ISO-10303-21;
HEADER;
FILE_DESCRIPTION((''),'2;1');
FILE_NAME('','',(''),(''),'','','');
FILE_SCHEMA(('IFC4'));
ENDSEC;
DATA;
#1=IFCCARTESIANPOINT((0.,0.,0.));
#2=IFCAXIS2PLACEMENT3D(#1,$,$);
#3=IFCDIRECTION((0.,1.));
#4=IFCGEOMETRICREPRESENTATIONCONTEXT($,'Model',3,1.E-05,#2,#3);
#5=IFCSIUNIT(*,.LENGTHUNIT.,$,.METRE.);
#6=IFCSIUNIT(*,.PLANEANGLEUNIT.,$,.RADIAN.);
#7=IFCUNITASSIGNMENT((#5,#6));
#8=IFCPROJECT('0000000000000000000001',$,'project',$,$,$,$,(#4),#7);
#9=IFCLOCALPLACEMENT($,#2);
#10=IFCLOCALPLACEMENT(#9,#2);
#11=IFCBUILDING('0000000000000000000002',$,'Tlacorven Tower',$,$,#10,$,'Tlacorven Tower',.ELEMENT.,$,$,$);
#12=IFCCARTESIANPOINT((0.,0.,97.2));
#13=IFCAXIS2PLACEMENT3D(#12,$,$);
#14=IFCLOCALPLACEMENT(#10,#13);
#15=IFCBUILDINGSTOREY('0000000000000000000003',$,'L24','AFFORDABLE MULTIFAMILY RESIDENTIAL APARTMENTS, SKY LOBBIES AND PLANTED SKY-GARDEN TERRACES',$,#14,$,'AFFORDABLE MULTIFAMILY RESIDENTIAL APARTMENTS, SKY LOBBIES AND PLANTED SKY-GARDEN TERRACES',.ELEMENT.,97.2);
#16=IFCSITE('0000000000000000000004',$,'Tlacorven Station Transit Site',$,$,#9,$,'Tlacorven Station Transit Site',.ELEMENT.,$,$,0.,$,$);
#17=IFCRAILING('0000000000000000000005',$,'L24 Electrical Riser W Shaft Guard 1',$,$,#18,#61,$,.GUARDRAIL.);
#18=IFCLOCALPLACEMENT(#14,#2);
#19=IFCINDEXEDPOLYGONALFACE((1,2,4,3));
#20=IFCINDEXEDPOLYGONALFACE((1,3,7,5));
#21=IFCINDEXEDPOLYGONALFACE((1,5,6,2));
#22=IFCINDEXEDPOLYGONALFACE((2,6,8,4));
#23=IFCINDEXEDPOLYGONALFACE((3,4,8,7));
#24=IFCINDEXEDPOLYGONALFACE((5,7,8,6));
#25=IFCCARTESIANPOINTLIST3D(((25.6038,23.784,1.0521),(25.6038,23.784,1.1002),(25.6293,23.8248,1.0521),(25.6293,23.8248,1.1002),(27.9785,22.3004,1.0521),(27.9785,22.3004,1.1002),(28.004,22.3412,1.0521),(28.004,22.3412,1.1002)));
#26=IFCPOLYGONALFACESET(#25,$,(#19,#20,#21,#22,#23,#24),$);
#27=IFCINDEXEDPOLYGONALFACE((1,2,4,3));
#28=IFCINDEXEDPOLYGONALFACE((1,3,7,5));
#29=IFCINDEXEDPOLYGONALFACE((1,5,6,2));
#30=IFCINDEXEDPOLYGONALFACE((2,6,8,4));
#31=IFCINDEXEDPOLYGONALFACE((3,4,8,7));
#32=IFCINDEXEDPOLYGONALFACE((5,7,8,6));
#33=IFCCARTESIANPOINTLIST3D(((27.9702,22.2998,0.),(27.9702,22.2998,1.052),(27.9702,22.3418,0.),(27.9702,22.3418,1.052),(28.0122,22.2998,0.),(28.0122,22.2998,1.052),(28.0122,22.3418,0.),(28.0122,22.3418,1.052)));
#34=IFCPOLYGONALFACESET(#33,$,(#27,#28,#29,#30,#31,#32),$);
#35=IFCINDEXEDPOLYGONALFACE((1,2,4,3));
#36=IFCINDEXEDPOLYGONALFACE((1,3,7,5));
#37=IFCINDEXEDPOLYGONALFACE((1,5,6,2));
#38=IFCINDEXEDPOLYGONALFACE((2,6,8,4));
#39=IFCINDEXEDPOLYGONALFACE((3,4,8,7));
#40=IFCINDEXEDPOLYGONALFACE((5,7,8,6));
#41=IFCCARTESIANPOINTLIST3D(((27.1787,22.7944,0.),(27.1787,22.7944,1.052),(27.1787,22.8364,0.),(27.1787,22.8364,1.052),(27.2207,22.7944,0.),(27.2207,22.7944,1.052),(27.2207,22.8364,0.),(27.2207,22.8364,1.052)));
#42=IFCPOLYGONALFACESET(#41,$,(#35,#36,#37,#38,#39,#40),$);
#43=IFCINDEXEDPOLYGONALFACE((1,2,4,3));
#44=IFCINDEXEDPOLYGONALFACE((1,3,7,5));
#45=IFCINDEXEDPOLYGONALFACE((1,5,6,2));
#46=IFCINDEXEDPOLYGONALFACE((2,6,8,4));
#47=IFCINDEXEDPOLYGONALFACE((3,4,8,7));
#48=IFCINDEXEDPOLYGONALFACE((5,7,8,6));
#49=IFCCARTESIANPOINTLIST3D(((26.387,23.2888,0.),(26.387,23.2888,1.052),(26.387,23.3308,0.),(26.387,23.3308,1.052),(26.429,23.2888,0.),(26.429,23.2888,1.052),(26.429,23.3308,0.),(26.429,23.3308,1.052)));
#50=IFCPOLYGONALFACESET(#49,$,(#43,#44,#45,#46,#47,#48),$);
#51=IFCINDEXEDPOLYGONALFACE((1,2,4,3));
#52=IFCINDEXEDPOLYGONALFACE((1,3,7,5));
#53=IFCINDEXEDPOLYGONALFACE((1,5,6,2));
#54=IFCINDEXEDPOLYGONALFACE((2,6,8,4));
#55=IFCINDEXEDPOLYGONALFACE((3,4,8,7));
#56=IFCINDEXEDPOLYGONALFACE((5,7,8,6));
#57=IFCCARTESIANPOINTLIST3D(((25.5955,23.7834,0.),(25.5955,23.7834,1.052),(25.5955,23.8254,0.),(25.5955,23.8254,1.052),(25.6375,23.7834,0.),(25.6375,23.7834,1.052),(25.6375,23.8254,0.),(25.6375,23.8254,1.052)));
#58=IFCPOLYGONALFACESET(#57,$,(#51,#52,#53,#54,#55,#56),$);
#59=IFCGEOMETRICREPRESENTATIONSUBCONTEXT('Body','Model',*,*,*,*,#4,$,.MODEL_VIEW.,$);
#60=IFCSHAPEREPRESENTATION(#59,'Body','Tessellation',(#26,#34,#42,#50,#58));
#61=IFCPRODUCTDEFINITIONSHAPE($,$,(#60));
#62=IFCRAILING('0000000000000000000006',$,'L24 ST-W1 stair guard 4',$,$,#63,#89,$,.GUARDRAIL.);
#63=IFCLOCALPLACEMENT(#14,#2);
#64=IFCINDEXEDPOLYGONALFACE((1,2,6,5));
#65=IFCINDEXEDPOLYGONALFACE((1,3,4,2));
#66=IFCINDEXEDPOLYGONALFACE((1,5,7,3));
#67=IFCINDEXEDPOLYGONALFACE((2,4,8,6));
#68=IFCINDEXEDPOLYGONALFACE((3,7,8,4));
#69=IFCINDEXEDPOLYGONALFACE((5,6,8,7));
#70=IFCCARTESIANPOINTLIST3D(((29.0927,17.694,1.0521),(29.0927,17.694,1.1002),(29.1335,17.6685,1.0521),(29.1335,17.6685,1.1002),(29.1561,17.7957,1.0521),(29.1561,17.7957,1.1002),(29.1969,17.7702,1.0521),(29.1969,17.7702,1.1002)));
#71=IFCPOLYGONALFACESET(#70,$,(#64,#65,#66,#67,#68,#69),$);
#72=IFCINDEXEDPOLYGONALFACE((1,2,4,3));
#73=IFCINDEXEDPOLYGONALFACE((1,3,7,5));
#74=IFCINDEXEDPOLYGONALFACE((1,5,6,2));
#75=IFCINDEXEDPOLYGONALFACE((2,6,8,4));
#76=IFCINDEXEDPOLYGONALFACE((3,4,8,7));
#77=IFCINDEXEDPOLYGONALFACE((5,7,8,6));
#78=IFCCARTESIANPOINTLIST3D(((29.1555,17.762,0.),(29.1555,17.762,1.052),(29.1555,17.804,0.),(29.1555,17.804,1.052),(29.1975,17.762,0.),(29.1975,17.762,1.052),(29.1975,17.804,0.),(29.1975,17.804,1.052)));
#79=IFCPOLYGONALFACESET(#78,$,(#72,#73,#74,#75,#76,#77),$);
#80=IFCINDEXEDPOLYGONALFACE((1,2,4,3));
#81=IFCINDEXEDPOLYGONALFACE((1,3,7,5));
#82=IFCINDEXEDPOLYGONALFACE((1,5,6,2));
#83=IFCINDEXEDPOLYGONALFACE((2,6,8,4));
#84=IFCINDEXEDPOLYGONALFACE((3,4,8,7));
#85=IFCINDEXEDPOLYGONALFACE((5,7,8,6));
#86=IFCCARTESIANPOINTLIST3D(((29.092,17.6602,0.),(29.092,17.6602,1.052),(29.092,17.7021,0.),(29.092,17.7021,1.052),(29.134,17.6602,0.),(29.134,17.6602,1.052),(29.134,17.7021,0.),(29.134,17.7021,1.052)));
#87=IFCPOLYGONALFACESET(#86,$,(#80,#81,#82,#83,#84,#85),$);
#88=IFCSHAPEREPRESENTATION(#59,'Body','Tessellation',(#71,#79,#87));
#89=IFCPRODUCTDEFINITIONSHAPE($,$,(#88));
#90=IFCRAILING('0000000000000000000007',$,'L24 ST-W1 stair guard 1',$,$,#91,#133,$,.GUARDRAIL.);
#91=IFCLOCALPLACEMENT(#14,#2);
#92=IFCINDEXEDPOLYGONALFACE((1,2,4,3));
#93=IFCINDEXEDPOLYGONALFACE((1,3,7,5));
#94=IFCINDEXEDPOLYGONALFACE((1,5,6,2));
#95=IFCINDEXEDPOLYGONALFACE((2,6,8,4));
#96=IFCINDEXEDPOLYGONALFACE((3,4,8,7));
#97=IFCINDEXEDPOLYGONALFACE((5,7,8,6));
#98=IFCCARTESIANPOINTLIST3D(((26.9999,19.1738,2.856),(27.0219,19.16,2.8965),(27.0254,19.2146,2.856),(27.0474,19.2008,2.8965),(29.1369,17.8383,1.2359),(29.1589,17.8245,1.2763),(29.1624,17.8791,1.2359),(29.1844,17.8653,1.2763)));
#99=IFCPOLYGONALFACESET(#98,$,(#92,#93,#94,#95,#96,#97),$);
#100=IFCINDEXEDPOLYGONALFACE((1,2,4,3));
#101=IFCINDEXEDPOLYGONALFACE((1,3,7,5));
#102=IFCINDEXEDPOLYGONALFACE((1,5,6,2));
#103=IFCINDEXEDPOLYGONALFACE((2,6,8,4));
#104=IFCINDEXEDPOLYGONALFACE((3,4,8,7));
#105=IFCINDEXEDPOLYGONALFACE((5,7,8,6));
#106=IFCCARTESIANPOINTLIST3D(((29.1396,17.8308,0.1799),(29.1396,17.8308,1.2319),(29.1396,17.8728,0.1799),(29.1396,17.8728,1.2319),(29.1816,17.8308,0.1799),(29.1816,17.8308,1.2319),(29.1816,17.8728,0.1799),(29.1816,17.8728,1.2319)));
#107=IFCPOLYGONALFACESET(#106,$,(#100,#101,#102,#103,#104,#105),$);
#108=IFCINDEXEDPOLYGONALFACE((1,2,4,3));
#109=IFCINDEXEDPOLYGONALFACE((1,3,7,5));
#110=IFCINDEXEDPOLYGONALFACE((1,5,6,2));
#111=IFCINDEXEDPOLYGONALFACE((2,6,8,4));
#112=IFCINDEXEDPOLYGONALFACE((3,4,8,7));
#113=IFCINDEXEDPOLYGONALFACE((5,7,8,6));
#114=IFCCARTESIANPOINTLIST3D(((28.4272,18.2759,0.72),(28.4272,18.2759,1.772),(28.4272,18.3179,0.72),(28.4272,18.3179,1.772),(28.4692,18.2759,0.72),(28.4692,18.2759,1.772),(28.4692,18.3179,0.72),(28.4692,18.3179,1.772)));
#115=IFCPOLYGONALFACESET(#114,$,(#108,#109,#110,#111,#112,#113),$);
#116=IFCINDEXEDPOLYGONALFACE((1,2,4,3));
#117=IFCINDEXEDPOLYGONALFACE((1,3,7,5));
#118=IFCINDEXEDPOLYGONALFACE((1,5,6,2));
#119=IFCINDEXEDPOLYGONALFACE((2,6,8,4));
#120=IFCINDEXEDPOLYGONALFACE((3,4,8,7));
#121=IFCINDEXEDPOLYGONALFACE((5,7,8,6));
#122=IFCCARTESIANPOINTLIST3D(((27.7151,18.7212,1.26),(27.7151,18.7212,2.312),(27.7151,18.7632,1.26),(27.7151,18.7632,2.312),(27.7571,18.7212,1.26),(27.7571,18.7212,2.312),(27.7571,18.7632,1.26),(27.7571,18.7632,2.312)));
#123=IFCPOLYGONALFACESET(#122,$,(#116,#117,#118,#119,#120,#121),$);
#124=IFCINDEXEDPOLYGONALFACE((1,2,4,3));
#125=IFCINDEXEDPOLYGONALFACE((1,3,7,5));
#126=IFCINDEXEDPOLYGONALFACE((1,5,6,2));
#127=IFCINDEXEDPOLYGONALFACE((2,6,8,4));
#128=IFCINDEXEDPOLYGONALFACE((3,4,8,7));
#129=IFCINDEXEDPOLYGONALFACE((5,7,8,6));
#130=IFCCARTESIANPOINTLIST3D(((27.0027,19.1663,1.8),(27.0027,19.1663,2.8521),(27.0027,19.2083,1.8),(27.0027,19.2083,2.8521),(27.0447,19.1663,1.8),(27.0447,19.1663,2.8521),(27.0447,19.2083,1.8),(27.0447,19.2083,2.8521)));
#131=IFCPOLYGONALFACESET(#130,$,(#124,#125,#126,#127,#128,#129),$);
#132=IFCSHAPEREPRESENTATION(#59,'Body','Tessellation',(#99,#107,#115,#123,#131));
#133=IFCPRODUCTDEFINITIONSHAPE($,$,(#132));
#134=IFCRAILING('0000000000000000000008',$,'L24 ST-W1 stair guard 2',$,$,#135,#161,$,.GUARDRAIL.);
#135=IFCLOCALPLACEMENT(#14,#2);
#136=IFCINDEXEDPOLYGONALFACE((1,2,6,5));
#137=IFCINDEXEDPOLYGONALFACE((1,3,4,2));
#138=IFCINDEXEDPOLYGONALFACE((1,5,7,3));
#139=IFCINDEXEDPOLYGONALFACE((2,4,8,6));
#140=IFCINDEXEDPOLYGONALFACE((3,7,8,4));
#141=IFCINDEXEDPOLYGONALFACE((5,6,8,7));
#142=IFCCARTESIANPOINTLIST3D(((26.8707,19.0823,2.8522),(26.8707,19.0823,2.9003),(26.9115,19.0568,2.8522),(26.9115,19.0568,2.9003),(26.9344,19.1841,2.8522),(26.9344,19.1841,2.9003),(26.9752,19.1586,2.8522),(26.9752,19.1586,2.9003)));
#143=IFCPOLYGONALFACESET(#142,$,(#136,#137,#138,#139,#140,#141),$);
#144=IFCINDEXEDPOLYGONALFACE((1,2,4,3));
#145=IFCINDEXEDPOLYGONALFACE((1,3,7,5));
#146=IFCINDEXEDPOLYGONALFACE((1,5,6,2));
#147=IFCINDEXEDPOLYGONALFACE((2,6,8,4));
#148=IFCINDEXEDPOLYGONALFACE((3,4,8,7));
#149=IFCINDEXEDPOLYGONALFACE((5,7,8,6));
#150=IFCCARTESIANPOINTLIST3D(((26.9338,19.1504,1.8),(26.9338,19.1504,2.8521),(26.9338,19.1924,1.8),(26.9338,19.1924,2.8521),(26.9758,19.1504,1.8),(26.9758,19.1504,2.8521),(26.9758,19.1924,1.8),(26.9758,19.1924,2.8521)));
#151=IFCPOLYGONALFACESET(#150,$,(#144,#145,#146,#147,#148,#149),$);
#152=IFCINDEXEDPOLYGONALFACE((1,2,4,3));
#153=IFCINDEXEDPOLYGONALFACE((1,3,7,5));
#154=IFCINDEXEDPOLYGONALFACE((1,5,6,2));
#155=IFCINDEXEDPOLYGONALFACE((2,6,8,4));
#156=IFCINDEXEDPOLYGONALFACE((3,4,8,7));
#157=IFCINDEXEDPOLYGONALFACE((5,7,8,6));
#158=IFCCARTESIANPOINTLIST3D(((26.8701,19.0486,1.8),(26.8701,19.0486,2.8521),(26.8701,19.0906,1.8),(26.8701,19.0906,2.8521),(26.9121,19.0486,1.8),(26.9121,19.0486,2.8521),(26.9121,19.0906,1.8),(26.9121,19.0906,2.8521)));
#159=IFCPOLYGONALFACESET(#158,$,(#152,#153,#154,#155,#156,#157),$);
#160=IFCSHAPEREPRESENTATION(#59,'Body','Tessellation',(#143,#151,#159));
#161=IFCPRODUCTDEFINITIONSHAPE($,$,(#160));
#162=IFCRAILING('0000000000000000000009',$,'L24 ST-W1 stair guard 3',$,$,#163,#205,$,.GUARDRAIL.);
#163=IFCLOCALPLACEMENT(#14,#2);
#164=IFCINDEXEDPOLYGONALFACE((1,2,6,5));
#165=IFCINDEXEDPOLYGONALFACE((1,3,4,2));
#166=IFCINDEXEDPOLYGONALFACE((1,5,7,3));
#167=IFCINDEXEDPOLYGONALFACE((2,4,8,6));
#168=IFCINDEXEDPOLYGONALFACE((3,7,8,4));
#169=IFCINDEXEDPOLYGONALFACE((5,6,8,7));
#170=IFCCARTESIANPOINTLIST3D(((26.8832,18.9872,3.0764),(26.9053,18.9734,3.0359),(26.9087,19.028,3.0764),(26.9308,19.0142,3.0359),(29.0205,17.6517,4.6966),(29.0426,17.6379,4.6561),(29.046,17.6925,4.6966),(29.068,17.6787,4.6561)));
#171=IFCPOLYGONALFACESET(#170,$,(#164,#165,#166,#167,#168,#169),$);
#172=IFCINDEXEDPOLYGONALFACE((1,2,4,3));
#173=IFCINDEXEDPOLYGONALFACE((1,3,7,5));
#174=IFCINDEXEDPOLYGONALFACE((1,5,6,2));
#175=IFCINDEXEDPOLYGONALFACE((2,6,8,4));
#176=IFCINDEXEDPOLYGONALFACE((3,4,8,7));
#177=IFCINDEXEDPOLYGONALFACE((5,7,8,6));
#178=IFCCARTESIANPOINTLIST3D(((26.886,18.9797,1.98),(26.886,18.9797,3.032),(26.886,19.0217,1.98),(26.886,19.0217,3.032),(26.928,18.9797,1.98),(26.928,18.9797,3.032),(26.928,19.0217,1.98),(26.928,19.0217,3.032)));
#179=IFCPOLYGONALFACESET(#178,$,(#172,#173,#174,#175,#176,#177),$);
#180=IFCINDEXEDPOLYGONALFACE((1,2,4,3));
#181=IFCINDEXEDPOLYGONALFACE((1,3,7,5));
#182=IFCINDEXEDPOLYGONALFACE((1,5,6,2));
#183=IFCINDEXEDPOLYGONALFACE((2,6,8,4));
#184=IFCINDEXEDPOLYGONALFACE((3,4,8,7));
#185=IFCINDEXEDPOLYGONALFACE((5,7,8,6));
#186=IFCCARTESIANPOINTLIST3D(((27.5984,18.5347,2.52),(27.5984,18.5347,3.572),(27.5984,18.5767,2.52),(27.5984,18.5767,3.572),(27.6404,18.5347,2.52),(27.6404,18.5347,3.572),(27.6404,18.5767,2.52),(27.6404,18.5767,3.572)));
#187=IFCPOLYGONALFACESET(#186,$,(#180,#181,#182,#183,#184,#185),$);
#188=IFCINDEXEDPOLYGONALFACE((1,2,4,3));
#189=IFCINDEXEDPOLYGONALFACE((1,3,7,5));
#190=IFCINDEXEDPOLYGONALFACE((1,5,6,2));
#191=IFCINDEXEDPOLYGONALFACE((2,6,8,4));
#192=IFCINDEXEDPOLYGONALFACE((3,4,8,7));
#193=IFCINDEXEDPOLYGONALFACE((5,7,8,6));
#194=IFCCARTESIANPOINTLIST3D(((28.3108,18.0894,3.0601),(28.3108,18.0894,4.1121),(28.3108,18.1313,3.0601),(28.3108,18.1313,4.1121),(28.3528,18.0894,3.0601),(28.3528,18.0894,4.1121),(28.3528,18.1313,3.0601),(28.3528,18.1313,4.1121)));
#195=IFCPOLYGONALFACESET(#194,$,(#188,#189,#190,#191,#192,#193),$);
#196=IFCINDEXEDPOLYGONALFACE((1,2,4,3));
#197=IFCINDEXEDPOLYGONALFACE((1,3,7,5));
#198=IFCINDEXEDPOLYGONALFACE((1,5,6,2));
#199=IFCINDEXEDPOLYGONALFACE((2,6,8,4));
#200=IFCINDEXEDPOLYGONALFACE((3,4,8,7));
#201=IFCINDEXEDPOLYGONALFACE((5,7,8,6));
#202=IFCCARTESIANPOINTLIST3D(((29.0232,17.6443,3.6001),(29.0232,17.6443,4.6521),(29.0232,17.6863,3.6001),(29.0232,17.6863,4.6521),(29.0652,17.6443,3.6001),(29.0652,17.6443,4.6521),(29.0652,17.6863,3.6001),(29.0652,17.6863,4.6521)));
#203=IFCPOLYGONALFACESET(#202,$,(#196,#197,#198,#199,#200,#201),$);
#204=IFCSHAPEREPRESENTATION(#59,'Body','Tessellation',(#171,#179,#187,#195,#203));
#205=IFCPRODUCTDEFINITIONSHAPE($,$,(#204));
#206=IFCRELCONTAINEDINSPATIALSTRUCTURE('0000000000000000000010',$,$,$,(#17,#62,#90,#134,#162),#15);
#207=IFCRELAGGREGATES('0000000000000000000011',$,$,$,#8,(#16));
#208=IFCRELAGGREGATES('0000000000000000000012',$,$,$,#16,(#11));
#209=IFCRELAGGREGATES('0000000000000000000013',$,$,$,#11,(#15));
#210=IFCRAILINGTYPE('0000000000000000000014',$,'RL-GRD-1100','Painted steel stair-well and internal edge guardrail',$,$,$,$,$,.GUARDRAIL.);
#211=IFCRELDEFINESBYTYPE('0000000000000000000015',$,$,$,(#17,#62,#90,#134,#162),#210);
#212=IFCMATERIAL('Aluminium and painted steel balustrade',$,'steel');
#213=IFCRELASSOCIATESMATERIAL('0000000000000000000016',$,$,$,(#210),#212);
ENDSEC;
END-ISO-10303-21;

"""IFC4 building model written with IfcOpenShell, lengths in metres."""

from ifc_helpers import new_model, si_unit, direction, frame, origin, origin_2d, place, context, subcontext, project, spatial, rectangle, extrude, source, transform, mapped, material, type_object, element, save


model = new_model("IFC4")

# Units and contexts
model_context = context("Model", 3, precision=1e-05, world=origin(), true_north=direction((0.0, 1.0)))
body_context = subcontext(model_context, "Body", "Model", "MODEL_VIEW")
ifc_project = project(units=[si_unit("LENGTHUNIT", "METRE"), si_unit("PLANEANGLEUNIT", "RADIAN")], contexts=[model_context])

# Site, building, storey
site_placement = place(None, origin())
site = spatial("IfcSite", under=ifc_project, at=site_placement, Name="Tlacorven Station Transit Site", LongName="Tlacorven Station Transit Site", CompositionType="ELEMENT", RefElevation=0.0)
building_placement = place(site_placement, origin())
building = spatial("IfcBuilding", under=site, at=building_placement, Name="Tlacorven Tower", LongName="Tlacorven Tower", CompositionType="ELEMENT")
storey_placement = place(building_placement, frame((0.0, 0.0, 97.2)))
storey = spatial("IfcBuildingStorey", under=building, at=storey_placement, Name="L24", Description="AFFORDABLE MULTIFAMILY RESIDENTIAL APARTMENTS, SKY LOBBIES AND PLANTED SKY-GARDEN TERRACES", LongName="AFFORDABLE MULTIFAMILY RESIDENTIAL APARTMENTS, SKY LOBBIES AND PLANTED SKY-GARDEN TERRACES", CompositionType="ELEMENT", Elevation=97.2)

# Railings
ifc_material_1 = material(Name="Aluminium and painted steel balustrade", Category="steel")
railing_type_1 = type_object("IfcRailingType", Name="RL-GRD-1100", Description="Painted steel stair-well and internal edge guardrail", PredefinedType="GUARDRAIL", material=ifc_material_1)
shared_shape_1 = source(origin(), body_context, "Body", "SweptSolid", [
    extrude(rectangle(XDim=0.0481, YDim=0.0481, at=origin_2d()), frame((0.0, 0.0, 1.0762), z_axis=(-0.848091, 0.52985, 0.0), x_axis=(-0.52985, -0.848091, 0.0)), (0.0, 0.0, 1.0), 2.8),
    extrude(rectangle(XDim=0.042, YDim=0.042, at=origin_2d()), origin(), (0.0, 0.0, 1.0), 1.052),
    extrude(rectangle(XDim=0.042, YDim=0.042, at=origin_2d()), frame((-0.7915, 0.4946, 0.0)), (0.0, 0.0, 1.0), 1.052),
    extrude(rectangle(XDim=0.042, YDim=0.042, at=origin_2d()), frame((-1.5833, 0.989, 0.0)), (0.0, 0.0, 1.0), 1.052),
    extrude(rectangle(XDim=0.042, YDim=0.042, at=origin_2d()), frame((-2.3748, 1.4836, 0.0)), (0.0, 0.0, 1.0), 1.052),
])
railing_1_placement = place(storey_placement, frame((27.9912, 22.3208, 0.0)))
element("IfcRailing", 1, at=railing_1_placement, inside=storey, type_object=railing_type_1, Name="L24 Electrical Riser W Shaft Guard 1", PredefinedType="GUARDRAIL", context=body_context, shape_type="MappedRepresentation", body=[
    mapped(shared_shape_1, transform((0.0, 0.0, 0.0), scale=1.0)),
])
shared_shape_2 = source(origin(), body_context, "Body", "SweptSolid", [
    extrude(rectangle(XDim=0.0481, YDim=0.0481, at=origin_2d()), frame((0.0, 0.0, 1.0762), z_axis=(-0.529084, -0.848569, 0.0), x_axis=(0.848569, -0.529084, 0.0)), (0.0, 0.0, 1.0), 0.1199),
    extrude(rectangle(XDim=0.042, YDim=0.042, at=origin_2d()), origin(), (0.0, 0.0, 1.0), 1.052),
    extrude(rectangle(XDim=0.042, YDim=0.042, at=origin_2d()), frame((-0.0635, -0.1018, 0.0)), (0.0, 0.0, 1.0), 1.052),
])
railing_2_placement = place(storey_placement, frame((29.1765, 17.783, 0.0)))
element("IfcRailing", 2, at=railing_2_placement, inside=storey, type_object=railing_type_1, Name="L24 ST-W1 stair guard 4", PredefinedType="GUARDRAIL", context=body_context, shape_type="MappedRepresentation", body=[
    mapped(shared_shape_2, transform((0.0, 0.0, 0.0), scale=1.0)),
])
shared_shape_3 = source(origin(), body_context, "Body", "SweptSolid", [
    extrude(rectangle(XDim=0.0481, YDim=0.0481, at=origin_2d()), frame((0.0, 0.0, 1.0762), z_axis=(-0.71332, 0.445774, 0.540796), x_axis=(-0.529955, -0.848026, 0.0)), (0.0, 0.0, 1.0), 2.9958),
    extrude(rectangle(XDim=0.042, YDim=0.042, at=origin_2d()), origin(), (0.0, 0.0, 1.0), 1.052),
    extrude(rectangle(XDim=0.042, YDim=0.042, at=origin_2d()), frame((-0.7124, 0.4451, 0.54)), (0.0, 0.0, 1.0), 1.052),
    extrude(rectangle(XDim=0.042, YDim=0.042, at=origin_2d()), frame((-1.4246, 0.8904, 1.0801)), (0.0, 0.0, 1.0), 1.052),
    extrude(rectangle(XDim=0.042, YDim=0.042, at=origin_2d()), frame((-2.137, 1.3354, 1.6201)), (0.0, 0.0, 1.0), 1.052),
])
railing_3_placement = place(storey_placement, frame((29.1606, 17.8518, 0.1799)))
element("IfcRailing", 3, at=railing_3_placement, inside=storey, type_object=railing_type_1, Name="L24 ST-W1 stair guard 1", PredefinedType="GUARDRAIL", context=body_context, shape_type="MappedRepresentation", body=[
    mapped(shared_shape_3, transform((0.0, 0.0, 0.0), scale=1.0)),
])
shared_shape_4 = source(origin(), body_context, "Body", "SweptSolid", [
    extrude(rectangle(XDim=0.0481, YDim=0.0481, at=origin_2d()), frame((0.0, 0.0, 1.0762), z_axis=(-0.530547, -0.847656, 0.0), x_axis=(0.847656, -0.530547, 0.0)), (0.0, 0.0, 1.0), 0.1201),
    extrude(rectangle(XDim=0.042, YDim=0.042, at=origin_2d()), origin(), (0.0, 0.0, 1.0), 1.052),
    extrude(rectangle(XDim=0.042, YDim=0.042, at=origin_2d()), frame((-0.0637, -0.1018, 0.0)), (0.0, 0.0, 1.0), 1.052),
])
railing_4_placement = place(storey_placement, frame((26.9548, 19.1714, 1.8)))
element("IfcRailing", 4, at=railing_4_placement, inside=storey, type_object=railing_type_1, Name="L24 ST-W1 stair guard 2", PredefinedType="GUARDRAIL", context=body_context, shape_type="MappedRepresentation", body=[
    mapped(shared_shape_4, transform((0.0, 0.0, 0.0), scale=1.0)),
])
shared_shape_5 = source(origin(), body_context, "Body", "SweptSolid", [
    extrude(rectangle(XDim=0.0481, YDim=0.0481, at=origin_2d()), frame((0.0, 0.0, 1.0762), z_axis=(0.71336, -0.445748, 0.540765), x_axis=(0.529912, 0.848053, 0.0)), (0.0, 0.0, 1.0), 2.9961),
    extrude(rectangle(XDim=0.042, YDim=0.042, at=origin_2d()), origin(), (0.0, 0.0, 1.0), 1.052),
    extrude(rectangle(XDim=0.042, YDim=0.042, at=origin_2d()), frame((0.7124, -0.4451, 0.54)), (0.0, 0.0, 1.0), 1.052),
    extrude(rectangle(XDim=0.042, YDim=0.042, at=origin_2d()), frame((1.4248, -0.8904, 1.0801)), (0.0, 0.0, 1.0), 1.052),
    extrude(rectangle(XDim=0.042, YDim=0.042, at=origin_2d()), frame((2.1372, -1.3354, 1.6201)), (0.0, 0.0, 1.0), 1.052),
])
railing_5_placement = place(storey_placement, frame((26.907, 19.0007, 1.98)))
element("IfcRailing", 5, at=railing_5_placement, inside=storey, type_object=railing_type_1, Name="L24 ST-W1 stair guard 3", PredefinedType="GUARDRAIL", context=body_context, shape_type="MappedRepresentation", body=[
    mapped(shared_shape_5, transform((0.0, 0.0, 0.0), scale=1.0)),
])

save(model, "model.ifc")
